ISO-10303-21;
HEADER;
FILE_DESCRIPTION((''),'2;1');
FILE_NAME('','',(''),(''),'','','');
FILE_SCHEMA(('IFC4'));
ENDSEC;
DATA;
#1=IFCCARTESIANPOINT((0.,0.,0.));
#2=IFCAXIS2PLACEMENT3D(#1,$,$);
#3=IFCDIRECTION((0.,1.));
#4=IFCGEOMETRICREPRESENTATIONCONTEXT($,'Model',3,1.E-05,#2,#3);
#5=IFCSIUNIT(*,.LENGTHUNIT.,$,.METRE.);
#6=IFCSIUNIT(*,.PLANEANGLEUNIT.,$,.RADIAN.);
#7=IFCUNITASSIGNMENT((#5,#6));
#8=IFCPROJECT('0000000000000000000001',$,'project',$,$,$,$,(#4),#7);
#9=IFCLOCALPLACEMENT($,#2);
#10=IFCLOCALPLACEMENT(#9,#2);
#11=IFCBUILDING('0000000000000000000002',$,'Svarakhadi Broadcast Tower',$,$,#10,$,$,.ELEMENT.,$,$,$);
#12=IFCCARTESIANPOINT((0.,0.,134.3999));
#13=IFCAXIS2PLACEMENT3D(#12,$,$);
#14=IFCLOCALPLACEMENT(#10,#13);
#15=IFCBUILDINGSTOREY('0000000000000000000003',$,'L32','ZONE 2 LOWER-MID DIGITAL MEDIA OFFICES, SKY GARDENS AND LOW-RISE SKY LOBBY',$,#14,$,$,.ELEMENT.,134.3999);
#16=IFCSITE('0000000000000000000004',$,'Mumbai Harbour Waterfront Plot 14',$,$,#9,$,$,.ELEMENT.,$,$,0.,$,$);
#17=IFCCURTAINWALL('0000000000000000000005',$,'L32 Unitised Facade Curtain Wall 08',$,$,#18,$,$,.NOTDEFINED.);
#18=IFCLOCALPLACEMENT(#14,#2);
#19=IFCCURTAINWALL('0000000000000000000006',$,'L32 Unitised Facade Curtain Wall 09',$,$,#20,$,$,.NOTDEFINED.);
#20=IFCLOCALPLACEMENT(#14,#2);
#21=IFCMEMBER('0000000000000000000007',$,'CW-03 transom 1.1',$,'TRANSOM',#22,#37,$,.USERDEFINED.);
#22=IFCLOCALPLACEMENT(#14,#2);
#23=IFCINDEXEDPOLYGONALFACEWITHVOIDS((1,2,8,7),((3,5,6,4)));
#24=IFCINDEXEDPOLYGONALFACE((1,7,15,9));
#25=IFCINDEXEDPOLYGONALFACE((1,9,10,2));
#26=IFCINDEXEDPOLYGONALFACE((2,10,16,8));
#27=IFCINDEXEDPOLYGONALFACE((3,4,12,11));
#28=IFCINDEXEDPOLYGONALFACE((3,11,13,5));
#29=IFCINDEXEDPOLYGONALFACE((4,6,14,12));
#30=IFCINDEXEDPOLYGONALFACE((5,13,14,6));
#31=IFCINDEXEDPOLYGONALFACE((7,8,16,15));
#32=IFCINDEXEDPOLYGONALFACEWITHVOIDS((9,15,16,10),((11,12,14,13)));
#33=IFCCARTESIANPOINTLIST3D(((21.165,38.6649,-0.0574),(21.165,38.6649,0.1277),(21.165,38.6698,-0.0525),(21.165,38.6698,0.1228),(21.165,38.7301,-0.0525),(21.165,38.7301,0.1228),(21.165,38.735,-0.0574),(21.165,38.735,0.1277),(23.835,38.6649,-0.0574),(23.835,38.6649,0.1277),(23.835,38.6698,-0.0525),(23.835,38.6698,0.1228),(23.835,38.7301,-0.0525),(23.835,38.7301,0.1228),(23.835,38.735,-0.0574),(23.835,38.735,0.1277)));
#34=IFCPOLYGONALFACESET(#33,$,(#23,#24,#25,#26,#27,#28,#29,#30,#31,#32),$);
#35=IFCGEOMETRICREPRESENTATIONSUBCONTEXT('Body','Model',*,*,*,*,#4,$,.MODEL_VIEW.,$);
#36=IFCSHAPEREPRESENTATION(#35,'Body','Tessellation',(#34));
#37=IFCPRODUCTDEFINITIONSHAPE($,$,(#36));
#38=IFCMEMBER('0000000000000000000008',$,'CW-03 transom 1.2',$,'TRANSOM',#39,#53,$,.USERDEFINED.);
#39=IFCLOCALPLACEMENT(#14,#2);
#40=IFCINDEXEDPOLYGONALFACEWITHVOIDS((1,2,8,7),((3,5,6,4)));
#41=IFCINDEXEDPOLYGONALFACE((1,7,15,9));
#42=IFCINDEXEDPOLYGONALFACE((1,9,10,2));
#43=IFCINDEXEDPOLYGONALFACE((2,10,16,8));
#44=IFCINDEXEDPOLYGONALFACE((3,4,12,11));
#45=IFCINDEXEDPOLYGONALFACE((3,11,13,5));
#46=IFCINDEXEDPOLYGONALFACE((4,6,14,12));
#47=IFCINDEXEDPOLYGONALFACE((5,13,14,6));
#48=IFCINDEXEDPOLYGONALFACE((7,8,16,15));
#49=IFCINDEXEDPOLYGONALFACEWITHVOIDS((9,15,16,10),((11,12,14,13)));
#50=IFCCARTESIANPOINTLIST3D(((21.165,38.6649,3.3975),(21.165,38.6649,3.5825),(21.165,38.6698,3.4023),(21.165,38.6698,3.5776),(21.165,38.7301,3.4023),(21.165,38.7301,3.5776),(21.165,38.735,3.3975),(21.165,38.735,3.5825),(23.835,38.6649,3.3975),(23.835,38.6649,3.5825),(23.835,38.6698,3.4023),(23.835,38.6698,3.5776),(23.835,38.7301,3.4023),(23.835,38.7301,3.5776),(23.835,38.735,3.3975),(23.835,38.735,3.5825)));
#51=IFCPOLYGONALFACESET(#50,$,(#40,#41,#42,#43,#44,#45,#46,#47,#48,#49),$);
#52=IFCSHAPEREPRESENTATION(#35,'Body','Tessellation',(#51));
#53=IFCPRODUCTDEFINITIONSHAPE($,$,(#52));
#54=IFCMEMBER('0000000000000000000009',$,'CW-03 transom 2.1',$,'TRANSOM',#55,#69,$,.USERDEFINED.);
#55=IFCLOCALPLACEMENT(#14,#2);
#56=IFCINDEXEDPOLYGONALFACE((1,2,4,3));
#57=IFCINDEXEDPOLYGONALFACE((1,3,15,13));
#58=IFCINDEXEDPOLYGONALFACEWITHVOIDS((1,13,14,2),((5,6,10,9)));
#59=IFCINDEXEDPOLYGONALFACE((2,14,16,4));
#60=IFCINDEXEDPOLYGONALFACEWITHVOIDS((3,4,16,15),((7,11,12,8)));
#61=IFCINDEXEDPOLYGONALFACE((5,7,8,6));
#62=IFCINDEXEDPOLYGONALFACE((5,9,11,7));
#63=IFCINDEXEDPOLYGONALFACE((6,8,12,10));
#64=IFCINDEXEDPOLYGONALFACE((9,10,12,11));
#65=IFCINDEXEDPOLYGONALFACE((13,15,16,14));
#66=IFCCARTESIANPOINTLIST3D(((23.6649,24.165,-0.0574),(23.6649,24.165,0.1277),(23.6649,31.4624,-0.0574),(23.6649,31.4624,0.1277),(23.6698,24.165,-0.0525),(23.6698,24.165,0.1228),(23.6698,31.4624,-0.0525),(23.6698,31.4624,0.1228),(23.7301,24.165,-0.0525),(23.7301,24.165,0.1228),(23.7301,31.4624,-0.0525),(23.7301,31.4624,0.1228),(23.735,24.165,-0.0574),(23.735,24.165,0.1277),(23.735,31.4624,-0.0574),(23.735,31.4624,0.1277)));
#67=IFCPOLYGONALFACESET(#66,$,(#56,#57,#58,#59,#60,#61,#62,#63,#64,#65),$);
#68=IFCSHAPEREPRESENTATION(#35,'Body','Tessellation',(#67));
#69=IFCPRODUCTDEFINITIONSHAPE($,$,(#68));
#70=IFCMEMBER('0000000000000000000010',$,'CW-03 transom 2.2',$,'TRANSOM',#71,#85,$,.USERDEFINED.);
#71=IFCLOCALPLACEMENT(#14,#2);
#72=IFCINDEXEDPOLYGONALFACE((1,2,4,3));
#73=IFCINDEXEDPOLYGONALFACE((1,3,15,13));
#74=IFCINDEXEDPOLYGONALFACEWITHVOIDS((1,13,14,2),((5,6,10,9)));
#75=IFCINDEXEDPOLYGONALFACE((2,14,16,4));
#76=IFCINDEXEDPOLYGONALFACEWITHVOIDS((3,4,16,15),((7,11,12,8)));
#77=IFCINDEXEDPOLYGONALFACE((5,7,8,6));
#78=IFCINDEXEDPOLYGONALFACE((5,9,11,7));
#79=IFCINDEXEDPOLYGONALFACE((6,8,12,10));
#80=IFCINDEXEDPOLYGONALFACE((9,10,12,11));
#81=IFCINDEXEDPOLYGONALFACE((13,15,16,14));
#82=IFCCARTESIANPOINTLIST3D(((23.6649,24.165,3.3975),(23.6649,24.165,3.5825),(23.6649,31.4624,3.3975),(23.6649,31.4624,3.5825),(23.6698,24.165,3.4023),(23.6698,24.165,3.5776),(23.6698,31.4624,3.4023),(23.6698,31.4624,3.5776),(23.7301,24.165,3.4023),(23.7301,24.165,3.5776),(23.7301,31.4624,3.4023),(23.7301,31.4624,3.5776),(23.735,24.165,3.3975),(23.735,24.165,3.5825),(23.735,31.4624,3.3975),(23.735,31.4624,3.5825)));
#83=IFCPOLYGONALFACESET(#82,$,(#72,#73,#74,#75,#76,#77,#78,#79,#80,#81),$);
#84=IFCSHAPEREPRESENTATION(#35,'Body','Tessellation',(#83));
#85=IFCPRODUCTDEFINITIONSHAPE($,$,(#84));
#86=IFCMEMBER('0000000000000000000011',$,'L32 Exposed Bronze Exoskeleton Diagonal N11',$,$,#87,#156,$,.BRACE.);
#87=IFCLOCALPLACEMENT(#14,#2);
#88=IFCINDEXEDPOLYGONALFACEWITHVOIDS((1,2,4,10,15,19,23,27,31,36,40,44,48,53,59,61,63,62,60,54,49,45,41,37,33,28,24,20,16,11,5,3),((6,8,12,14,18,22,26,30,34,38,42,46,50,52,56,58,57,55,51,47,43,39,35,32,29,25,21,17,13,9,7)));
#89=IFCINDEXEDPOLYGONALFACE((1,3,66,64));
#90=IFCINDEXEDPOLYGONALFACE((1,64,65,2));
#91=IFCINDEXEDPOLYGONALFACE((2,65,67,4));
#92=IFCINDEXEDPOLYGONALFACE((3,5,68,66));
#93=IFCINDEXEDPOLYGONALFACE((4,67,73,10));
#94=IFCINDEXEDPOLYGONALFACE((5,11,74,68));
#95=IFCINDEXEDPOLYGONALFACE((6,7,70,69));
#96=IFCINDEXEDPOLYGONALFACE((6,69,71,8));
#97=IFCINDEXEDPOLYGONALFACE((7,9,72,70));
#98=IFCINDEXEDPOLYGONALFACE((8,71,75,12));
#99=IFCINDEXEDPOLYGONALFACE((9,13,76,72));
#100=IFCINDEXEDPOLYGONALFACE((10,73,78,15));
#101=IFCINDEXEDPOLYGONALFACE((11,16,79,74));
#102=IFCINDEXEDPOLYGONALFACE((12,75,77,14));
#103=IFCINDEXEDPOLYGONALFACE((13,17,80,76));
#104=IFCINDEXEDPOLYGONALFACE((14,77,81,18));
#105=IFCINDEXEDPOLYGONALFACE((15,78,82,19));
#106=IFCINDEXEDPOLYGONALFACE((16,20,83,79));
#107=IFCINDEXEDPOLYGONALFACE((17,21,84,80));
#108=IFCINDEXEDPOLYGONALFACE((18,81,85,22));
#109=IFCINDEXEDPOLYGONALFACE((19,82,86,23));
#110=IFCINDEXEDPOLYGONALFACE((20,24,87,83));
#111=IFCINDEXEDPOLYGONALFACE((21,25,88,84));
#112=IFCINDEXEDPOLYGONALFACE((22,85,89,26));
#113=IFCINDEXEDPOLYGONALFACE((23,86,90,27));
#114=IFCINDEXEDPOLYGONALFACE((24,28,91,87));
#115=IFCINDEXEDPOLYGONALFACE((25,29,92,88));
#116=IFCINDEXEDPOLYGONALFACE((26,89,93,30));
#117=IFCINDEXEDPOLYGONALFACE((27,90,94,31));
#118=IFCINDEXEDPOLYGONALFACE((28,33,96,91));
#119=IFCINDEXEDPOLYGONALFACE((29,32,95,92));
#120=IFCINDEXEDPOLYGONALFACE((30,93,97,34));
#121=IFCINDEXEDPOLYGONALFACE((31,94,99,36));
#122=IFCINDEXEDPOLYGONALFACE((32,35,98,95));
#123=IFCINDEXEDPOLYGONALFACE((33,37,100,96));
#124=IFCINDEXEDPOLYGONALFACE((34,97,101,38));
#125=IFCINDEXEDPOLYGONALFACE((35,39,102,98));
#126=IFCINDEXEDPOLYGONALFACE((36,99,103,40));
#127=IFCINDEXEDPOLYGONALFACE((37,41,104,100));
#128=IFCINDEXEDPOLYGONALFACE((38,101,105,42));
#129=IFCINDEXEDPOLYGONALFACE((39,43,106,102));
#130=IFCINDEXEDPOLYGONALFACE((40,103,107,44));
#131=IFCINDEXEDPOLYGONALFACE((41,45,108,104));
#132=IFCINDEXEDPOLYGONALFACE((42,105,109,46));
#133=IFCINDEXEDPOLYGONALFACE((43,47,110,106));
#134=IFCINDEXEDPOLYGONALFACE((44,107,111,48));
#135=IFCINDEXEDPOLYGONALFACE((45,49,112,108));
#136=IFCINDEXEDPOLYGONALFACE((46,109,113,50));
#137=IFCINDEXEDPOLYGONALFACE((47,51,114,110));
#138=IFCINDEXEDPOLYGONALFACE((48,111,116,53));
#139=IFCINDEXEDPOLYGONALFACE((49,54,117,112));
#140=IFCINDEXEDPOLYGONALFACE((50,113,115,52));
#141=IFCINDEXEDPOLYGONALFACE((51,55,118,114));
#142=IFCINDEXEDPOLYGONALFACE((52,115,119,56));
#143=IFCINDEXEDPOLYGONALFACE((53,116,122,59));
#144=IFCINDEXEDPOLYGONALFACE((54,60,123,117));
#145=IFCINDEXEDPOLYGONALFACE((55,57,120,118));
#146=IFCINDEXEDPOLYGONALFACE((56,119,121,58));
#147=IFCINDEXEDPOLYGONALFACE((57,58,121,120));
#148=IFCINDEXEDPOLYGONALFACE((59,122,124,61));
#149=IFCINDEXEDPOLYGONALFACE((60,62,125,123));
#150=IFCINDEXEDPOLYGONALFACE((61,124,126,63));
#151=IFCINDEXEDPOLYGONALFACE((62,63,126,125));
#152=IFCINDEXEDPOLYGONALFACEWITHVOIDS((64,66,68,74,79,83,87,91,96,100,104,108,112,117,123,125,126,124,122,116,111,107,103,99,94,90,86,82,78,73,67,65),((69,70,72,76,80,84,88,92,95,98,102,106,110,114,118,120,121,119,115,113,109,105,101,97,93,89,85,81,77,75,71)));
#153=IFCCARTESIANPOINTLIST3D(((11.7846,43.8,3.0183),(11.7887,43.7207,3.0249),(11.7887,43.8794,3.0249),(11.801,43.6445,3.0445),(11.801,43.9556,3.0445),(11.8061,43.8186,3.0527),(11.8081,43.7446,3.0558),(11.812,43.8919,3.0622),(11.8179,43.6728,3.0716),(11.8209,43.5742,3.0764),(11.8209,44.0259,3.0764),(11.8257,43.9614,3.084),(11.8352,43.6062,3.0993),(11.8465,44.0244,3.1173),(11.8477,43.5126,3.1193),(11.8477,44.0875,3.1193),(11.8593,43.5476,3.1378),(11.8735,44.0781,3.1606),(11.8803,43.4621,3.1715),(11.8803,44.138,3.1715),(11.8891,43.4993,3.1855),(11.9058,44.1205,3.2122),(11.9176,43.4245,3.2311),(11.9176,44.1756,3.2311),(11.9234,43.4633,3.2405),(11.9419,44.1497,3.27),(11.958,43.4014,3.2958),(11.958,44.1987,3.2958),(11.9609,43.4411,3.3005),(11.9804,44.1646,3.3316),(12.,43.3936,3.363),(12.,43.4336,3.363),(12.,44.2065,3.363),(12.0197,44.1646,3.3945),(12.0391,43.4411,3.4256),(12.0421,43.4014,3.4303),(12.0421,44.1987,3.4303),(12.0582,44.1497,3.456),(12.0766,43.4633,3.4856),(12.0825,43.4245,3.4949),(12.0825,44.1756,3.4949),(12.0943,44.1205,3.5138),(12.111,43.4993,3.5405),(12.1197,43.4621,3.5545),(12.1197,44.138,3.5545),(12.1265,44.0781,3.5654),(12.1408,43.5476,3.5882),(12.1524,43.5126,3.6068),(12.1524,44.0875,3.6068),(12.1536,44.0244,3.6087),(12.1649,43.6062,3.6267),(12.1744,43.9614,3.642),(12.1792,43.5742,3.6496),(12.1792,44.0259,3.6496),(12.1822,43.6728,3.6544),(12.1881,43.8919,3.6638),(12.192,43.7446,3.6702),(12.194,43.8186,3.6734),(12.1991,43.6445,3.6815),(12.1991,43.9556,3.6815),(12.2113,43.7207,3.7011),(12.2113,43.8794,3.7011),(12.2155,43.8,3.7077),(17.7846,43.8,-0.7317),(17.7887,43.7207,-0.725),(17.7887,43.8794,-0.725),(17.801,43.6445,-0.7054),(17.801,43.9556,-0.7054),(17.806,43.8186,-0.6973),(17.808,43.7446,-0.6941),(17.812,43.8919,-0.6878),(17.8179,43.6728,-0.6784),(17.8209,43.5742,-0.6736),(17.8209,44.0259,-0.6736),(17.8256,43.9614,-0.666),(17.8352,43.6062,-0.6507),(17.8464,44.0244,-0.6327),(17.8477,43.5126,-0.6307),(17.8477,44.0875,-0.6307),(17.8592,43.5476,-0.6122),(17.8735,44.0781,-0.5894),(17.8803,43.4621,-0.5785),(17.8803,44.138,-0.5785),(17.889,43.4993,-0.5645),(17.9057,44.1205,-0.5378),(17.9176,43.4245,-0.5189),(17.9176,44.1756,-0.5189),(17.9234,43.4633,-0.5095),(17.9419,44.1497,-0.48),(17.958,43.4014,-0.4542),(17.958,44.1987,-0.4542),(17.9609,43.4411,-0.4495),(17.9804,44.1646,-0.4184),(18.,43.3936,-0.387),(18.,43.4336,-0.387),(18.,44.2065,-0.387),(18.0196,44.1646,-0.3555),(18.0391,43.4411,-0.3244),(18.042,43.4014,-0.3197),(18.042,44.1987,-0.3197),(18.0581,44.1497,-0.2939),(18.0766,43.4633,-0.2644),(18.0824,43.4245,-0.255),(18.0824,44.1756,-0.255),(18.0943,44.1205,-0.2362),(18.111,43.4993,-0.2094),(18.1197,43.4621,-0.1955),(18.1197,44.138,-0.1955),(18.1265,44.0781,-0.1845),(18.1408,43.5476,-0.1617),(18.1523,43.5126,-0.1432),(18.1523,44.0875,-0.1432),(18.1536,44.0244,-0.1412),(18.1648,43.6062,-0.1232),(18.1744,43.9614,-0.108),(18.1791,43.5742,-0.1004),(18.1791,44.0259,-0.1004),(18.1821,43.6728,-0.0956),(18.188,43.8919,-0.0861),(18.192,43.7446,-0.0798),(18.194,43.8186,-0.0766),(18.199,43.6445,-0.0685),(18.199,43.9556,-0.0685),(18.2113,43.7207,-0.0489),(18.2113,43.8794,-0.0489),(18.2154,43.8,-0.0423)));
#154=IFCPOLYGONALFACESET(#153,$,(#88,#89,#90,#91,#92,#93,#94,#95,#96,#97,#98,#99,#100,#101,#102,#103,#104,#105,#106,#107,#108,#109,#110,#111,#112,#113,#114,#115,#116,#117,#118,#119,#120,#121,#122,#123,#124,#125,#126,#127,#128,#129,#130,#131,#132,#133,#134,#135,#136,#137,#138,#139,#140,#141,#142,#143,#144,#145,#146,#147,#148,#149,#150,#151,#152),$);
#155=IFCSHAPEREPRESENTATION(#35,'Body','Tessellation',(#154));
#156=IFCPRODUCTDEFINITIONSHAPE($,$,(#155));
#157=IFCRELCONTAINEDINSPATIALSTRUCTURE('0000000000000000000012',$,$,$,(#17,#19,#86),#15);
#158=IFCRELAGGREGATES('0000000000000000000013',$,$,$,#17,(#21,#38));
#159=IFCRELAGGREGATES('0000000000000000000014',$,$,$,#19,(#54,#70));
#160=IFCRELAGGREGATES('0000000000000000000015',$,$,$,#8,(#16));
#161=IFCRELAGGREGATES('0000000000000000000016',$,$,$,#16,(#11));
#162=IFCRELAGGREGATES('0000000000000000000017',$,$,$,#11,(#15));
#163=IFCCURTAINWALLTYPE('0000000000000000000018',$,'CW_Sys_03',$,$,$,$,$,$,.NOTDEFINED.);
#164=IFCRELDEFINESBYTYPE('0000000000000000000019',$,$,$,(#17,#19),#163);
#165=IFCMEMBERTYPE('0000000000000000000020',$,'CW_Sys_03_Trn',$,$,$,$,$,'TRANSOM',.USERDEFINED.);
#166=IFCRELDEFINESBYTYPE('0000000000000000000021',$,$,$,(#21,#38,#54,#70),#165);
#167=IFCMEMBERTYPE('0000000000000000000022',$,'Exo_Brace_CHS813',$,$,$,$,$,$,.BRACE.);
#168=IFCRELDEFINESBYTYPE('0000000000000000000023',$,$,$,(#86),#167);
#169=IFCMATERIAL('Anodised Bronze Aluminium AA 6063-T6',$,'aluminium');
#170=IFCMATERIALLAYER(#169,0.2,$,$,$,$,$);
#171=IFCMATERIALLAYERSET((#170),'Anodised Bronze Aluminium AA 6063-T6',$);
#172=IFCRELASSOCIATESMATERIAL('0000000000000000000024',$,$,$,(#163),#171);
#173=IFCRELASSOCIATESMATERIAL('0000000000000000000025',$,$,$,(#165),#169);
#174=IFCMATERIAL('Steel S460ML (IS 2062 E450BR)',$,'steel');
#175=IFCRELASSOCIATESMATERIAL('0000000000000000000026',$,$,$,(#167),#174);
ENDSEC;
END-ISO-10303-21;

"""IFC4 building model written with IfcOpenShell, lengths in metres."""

from ifc_helpers import new_model, si_unit, direction, frame, origin, origin_2d, place, context, subcontext, project, spatial, hollow_rectangle, hollow_circle, extrude, material, layer, layer_set, material_profile, profile_set, type_object, element, aggregate, save


model = new_model("IFC4")

# Units and contexts
model_context = context("Model", 3, precision=1e-05, world=origin(), true_north=direction((0.0, 1.0)))
body_context = subcontext(model_context, "Body", "Model", "MODEL_VIEW")
ifc_project = project(units=[si_unit("LENGTHUNIT", "METRE"), si_unit("PLANEANGLEUNIT", "RADIAN")], contexts=[model_context])

# Site, building, storey
site_placement = place(None, origin())
site = spatial("IfcSite", under=ifc_project, at=site_placement, Name="Mumbai Harbour Waterfront Plot 14", CompositionType="ELEMENT", RefElevation=0.0)
building_placement = place(site_placement, origin())
building = spatial("IfcBuilding", under=site, at=building_placement, Name="Svarakhadi Broadcast Tower", CompositionType="ELEMENT")
storey_placement = place(building_placement, frame((0.0, 0.0, 134.3999)))
storey = spatial("IfcBuildingStorey", under=building, at=storey_placement, Name="L32", Description="ZONE 2 LOWER-MID DIGITAL MEDIA OFFICES, SKY GARDENS AND LOW-RISE SKY LOBBY", CompositionType="ELEMENT", Elevation=134.3999)

# Shared definitions
ifc_material_1 = material(Name="Anodised Bronze Aluminium AA 6063-T6", Category="aluminium")
ifc_layer_1 = layer(ifc_material_1, 0.2)
ifc_layer_set_1 = layer_set([ifc_layer_1], Name="Anodised Bronze Aluminium AA 6063-T6")
curtain_wall_type = type_object("IfcCurtainWallType", Name="CW_Sys_03", PredefinedType="NOTDEFINED", material=ifc_layer_set_1)

# Curtain wall
curtain_wall_1_placement = place(storey_placement, origin())
curtain_wall_1 = element("IfcCurtainWall", 1, at=curtain_wall_1_placement, inside=storey, type_object=curtain_wall_type, Name="L32 Unitised Facade Curtain Wall 08", PredefinedType="NOTDEFINED")

# Curtain wall
curtain_wall_2_placement = place(storey_placement, origin())
curtain_wall_2 = element("IfcCurtainWall", 2, at=curtain_wall_2_placement, inside=storey, type_object=curtain_wall_type, Name="L32 Unitised Facade Curtain Wall 09", PredefinedType="NOTDEFINED")

# Members
ifc_material_profile_1 = material_profile(ifc_material_1, hollow_rectangle(XDim=0.0701, YDim=0.1851, WallThickness=0.0049, at=origin_2d()), Name="ALU TRANSOM 185x70x5")
ifc_profile_set_1 = profile_set([ifc_material_profile_1], Name="Anodised Bronze Aluminium AA 6063-T6")
member_type_1 = type_object("IfcMemberType", Name="CW_Sys_03_Trn", ElementType="TRANSOM", PredefinedType="USERDEFINED", material=ifc_profile_set_1)
member_1_placement = place(storey_placement, frame((21.165, 38.7, 0.0352), z_axis=(1.0, 0.0, 0.0), x_axis=(0.0, 1.0, 0.0)))
member_1 = element("IfcMember", 3, at=member_1_placement, type_object=member_type_1, Name="CW-03 transom 1.1", ObjectType="TRANSOM", PredefinedType="USERDEFINED", context=body_context, shape_type="SweptSolid", body=[
    extrude(hollow_rectangle(XDim=0.0701, YDim=0.1851, WallThickness=0.0049, at=origin_2d()), origin(), (0.0, 0.0, 1.0), 2.6699),
])
member_2_placement = place(storey_placement, frame((21.165, 38.7, 3.49), z_axis=(1.0, 0.0, 0.0), x_axis=(0.0, 1.0, 0.0)))
member_2 = element("IfcMember", 4, at=member_2_placement, type_object=member_type_1, Name="CW-03 transom 1.2", ObjectType="TRANSOM", PredefinedType="USERDEFINED", context=body_context, shape_type="SweptSolid", body=[
    extrude(hollow_rectangle(XDim=0.0701, YDim=0.1851, WallThickness=0.0049, at=origin_2d()), origin(), (0.0, 0.0, 1.0), 2.6699),
])
member_3_placement = place(storey_placement, frame((23.7, 31.4624, 0.0352), z_axis=(0.0, -1.0, 0.0), x_axis=(1.0, 0.0, 0.0)))
member_3 = element("IfcMember", 5, at=member_3_placement, type_object=member_type_1, Name="CW-03 transom 2.1", ObjectType="TRANSOM", PredefinedType="USERDEFINED", context=body_context, shape_type="SweptSolid", body=[
    extrude(hollow_rectangle(XDim=0.0701, YDim=0.1851, WallThickness=0.0049, at=origin_2d()), origin(), (0.0, 0.0, 1.0), 7.2974),
])
member_4_placement = place(storey_placement, frame((23.7, 31.4624, 3.49), z_axis=(0.0, -1.0, 0.0), x_axis=(1.0, 0.0, 0.0)))
member_4 = element("IfcMember", 6, at=member_4_placement, type_object=member_type_1, Name="CW-03 transom 2.2", ObjectType="TRANSOM", PredefinedType="USERDEFINED", context=body_context, shape_type="SweptSolid", body=[
    extrude(hollow_rectangle(XDim=0.0701, YDim=0.1851, WallThickness=0.0049, at=origin_2d()), origin(), (0.0, 0.0, 1.0), 7.2974),
])

# Member
ifc_material_2 = material(Name="Steel S460ML (IS 2062 E450BR)", Category="steel")
ifc_material_profile_2 = material_profile(ifc_material_2, hollow_circle(Radius=0.4065, WallThickness=0.04, at=origin_2d()), Name="CHS 813x40")
ifc_profile_set_2 = profile_set([ifc_material_profile_2], Name="Steel S460ML (IS 2062 E450BR)")
member_type_2 = type_object("IfcMemberType", Name="Exo_Brace_CHS813", PredefinedType="BRACE", material=ifc_profile_set_2)
member_5_placement = place(storey_placement, frame((18.0, 43.8, -0.387), z_axis=(-0.847998, 0.0, 0.529999), x_axis=(0.0, -1.0, 0.0)))
element("IfcMember", 7, at=member_5_placement, inside=storey, type_object=member_type_2, Name="L32 Exposed Bronze Exoskeleton Diagonal N11", PredefinedType="BRACE", context=body_context, shape_type="SweptSolid", body=[
    extrude(hollow_circle(Radius=0.4065, WallThickness=0.04, at=origin_2d()), origin(), (0.0, 0.0, 1.0), 7.0754),
])

aggregate(curtain_wall_1, [member_1, member_2])
aggregate(curtain_wall_2, [member_3, member_4])

save(model, "model.ifc")
